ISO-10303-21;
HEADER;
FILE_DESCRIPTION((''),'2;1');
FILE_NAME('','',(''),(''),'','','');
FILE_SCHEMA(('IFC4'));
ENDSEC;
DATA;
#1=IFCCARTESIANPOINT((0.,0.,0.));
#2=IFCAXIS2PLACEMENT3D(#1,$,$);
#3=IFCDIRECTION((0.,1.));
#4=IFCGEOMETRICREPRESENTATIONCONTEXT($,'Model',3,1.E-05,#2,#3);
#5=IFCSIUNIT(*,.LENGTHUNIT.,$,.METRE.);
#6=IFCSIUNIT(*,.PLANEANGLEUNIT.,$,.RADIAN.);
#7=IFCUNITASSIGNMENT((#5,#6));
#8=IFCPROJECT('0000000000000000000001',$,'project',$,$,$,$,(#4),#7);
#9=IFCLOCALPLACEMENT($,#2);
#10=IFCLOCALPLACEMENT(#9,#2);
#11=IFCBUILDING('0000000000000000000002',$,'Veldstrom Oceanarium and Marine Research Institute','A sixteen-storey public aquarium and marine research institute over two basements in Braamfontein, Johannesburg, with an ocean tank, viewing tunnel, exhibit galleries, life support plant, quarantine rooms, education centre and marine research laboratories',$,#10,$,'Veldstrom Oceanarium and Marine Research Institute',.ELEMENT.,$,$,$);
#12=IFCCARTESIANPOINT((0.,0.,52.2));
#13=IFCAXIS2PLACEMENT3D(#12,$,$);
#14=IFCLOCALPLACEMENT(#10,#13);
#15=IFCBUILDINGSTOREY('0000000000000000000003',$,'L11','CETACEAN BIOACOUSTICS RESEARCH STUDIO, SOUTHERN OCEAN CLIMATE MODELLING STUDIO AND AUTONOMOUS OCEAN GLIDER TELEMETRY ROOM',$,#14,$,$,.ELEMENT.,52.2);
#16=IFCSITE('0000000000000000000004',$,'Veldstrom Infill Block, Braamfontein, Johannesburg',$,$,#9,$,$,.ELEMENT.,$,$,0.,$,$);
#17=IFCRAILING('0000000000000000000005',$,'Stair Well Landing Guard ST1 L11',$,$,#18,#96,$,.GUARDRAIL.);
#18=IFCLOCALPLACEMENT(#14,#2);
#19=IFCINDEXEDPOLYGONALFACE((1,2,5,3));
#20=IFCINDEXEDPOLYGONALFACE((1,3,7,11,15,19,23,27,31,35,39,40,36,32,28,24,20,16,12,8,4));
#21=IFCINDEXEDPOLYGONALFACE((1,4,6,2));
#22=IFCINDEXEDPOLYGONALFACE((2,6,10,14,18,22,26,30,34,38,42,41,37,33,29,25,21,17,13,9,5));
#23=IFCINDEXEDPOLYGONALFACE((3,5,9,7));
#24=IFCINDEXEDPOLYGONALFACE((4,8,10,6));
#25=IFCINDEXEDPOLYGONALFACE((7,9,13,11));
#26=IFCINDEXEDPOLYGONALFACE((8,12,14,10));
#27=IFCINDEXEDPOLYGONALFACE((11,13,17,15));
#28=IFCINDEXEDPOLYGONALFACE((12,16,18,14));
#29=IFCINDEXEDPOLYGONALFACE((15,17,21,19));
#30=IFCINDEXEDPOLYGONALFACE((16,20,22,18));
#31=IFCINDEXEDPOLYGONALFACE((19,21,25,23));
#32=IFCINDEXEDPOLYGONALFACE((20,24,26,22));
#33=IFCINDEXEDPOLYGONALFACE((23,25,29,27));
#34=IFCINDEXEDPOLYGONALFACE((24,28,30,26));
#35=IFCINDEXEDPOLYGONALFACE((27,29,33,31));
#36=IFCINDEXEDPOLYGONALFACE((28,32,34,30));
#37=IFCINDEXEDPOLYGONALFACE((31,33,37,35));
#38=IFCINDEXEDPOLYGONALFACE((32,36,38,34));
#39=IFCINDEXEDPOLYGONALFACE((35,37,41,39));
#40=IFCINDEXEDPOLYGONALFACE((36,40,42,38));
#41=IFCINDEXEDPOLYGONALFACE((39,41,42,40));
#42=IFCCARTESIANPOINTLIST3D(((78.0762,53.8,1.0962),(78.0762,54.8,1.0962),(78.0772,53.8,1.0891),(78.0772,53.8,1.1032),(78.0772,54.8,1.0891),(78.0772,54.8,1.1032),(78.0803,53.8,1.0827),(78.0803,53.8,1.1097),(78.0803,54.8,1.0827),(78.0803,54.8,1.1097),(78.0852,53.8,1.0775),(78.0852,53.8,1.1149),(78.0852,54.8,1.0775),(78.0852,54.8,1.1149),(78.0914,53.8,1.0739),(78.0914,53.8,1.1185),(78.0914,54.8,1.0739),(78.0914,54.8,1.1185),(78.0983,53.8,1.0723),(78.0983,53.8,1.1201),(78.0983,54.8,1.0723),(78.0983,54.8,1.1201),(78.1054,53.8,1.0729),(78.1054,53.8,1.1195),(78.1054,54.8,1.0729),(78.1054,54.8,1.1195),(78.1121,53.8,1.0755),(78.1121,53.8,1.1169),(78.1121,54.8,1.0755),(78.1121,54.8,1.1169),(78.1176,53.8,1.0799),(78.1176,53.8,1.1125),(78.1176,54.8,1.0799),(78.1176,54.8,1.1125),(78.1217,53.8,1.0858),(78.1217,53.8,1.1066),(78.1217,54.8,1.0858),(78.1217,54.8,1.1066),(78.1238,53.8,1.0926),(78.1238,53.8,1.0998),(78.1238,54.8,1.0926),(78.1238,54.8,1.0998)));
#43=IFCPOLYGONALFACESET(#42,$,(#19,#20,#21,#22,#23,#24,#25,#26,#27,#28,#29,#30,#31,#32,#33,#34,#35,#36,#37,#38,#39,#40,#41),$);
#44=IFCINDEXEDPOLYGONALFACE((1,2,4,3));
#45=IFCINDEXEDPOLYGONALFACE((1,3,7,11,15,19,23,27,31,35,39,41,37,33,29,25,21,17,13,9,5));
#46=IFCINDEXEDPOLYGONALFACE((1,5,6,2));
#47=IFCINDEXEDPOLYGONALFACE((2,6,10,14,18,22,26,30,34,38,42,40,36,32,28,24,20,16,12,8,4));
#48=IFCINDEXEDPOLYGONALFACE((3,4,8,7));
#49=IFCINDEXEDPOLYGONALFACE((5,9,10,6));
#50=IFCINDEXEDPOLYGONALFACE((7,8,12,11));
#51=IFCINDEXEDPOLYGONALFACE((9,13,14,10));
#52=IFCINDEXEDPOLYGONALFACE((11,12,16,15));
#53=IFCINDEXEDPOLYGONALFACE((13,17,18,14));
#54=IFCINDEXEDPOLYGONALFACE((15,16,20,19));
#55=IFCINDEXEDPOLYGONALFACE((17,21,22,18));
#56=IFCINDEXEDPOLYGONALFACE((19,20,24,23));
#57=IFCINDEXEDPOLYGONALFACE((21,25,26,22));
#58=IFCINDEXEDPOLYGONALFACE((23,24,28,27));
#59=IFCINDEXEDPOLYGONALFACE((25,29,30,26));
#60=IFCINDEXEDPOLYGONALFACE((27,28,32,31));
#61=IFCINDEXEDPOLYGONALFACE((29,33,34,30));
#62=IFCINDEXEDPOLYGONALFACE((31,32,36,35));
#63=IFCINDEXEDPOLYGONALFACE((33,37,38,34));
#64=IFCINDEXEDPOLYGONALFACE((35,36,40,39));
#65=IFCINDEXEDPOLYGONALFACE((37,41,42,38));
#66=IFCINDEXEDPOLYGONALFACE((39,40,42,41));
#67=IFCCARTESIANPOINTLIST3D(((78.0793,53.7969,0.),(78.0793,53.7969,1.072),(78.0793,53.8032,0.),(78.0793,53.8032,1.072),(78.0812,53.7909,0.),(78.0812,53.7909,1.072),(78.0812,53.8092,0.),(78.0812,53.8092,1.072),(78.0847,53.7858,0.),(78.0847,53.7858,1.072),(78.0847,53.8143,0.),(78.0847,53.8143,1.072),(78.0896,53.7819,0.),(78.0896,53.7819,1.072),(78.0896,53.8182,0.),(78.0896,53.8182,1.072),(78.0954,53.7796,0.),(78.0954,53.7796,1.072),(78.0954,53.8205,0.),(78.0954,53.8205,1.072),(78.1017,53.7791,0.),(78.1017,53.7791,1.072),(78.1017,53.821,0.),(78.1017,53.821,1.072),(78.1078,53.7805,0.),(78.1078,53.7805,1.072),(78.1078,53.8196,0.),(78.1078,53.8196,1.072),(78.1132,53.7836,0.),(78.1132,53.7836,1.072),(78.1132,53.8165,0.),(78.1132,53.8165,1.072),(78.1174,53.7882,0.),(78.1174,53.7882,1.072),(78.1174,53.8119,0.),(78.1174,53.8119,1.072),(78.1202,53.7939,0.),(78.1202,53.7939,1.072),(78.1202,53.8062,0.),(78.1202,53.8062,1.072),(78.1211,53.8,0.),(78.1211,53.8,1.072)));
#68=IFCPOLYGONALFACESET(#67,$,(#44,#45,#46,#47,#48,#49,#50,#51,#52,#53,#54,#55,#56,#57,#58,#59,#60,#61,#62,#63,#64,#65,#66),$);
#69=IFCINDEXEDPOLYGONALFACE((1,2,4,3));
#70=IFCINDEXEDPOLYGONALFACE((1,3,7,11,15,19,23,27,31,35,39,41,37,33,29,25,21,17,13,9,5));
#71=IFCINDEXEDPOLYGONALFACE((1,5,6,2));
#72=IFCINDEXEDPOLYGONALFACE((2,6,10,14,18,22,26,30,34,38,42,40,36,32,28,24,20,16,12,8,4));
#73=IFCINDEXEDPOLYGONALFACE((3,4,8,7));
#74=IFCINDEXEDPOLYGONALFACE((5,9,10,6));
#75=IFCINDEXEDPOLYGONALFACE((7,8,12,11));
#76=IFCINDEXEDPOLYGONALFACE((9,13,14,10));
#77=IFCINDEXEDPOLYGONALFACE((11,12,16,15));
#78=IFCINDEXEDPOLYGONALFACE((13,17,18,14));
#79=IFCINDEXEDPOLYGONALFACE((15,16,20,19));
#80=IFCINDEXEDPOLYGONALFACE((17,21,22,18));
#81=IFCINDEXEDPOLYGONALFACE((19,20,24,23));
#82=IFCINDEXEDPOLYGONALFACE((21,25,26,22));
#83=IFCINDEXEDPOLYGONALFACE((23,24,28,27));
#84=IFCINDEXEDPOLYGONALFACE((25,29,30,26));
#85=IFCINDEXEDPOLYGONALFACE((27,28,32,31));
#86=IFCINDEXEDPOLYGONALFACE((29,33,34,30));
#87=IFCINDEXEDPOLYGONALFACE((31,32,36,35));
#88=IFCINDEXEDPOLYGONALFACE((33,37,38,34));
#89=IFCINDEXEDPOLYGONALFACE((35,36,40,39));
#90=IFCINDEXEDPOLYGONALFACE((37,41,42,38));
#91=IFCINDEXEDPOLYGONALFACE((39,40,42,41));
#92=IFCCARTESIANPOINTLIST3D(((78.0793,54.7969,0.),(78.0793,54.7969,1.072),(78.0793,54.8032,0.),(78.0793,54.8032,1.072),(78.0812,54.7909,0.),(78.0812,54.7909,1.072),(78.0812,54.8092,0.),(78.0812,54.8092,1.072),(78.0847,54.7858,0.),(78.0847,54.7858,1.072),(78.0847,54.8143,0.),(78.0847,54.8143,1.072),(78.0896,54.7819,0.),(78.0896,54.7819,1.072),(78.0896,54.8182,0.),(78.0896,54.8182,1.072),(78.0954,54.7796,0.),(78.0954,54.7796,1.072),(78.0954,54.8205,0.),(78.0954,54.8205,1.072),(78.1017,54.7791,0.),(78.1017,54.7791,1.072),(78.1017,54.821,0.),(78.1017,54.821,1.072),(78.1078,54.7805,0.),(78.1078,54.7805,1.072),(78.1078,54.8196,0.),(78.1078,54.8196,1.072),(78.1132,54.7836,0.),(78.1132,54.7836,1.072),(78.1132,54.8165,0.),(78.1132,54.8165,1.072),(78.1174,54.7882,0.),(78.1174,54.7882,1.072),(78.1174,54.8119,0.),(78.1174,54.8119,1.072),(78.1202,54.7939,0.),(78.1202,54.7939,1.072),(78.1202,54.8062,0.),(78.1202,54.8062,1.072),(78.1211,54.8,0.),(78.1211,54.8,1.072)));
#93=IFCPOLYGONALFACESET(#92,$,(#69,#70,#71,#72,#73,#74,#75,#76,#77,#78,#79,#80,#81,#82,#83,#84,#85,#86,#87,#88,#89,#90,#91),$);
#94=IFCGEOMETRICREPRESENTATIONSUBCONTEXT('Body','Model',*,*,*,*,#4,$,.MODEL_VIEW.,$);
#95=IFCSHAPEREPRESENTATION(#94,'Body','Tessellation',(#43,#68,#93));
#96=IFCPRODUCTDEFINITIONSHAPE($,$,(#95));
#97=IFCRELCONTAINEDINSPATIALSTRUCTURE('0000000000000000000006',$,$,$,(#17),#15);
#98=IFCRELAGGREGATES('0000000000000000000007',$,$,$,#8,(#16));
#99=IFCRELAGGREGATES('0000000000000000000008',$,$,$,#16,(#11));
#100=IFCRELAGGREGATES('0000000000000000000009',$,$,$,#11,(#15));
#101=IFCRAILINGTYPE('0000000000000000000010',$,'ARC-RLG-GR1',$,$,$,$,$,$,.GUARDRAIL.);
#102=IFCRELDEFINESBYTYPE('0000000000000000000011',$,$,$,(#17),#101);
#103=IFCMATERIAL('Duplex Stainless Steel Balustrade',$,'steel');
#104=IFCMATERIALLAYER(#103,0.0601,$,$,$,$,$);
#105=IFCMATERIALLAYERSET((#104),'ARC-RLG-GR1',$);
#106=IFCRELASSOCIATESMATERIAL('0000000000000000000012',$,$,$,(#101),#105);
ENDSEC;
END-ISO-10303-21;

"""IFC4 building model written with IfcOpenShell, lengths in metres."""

from ifc_helpers import new_model, si_unit, direction, frame, origin, origin_2d, place, context, subcontext, project, spatial, circle, extrude, material, layer, layer_set, type_object, element, save


model = new_model("IFC4")

# Units and contexts
model_context = context("Model", 3, precision=1e-05, world=origin(), true_north=direction((0.0, 1.0)))
body_context = subcontext(model_context, "Body", "Model", "MODEL_VIEW")
ifc_project = project(units=[si_unit("LENGTHUNIT", "METRE"), si_unit("PLANEANGLEUNIT", "RADIAN")], contexts=[model_context])

# Site, building, storey
site_placement = place(None, origin())
site = spatial("IfcSite", under=ifc_project, at=site_placement, Name="Veldstrom Infill Block, Braamfontein, Johannesburg", CompositionType="ELEMENT", RefElevation=0.0)
building_placement = place(site_placement, origin())
building = spatial("IfcBuilding", under=site, at=building_placement, Name="Veldstrom Oceanarium and Marine Research Institute", Description="A sixteen-storey public aquarium and marine research institute over two basements in Braamfontein, Johannesburg, with an ocean tank, viewing tunnel, exhibit galleries, life support plant, quarantine rooms, education centre and marine research laboratories", LongName="Veldstrom Oceanarium and Marine Research Institute", CompositionType="ELEMENT")
storey_placement = place(building_placement, frame((0.0, 0.0, 52.2)))
storey = spatial("IfcBuildingStorey", under=building, at=storey_placement, Name="L11", Description="CETACEAN BIOACOUSTICS RESEARCH STUDIO, SOUTHERN OCEAN CLIMATE MODELLING STUDIO AND AUTONOMOUS OCEAN GLIDER TELEMETRY ROOM", CompositionType="ELEMENT", Elevation=52.2)

# Railing
ifc_material_1 = material(Name="Duplex Stainless Steel Balustrade", Category="steel")
ifc_layer_1 = layer(ifc_material_1, 0.0601)
ifc_layer_set_1 = layer_set([ifc_layer_1], Name="ARC-RLG-GR1")
railing_type_1 = type_object("IfcRailingType", Name="ARC-RLG-GR1", PredefinedType="GUARDRAIL", material=ifc_layer_set_1)
railing_1_placement = place(storey_placement, frame((78.1001, 53.8, 0.0)))
element("IfcRailing", 1, at=railing_1_placement, inside=storey, type_object=railing_type_1, Name="Stair Well Landing Guard ST1 L11", PredefinedType="GUARDRAIL", context=body_context, shape_type="SweptSolid", body=[
    extrude(circle(Radius=0.0239, at=origin_2d()), frame((0.0, 0.0, 1.0962), z_axis=(0.0, 1.0, 0.0), x_axis=(-1.0, 0.0, 0.0)), (0.0, 0.0, 1.0), 1.0),
    extrude(circle(Radius=0.021, at=origin_2d()), origin(), (0.0, 0.0, 1.0), 1.072),
    extrude(circle(Radius=0.021, at=origin_2d()), frame((0.0, 1.0, 0.0)), (0.0, 0.0, 1.0), 1.072),
])

save(model, "model.ifc")
